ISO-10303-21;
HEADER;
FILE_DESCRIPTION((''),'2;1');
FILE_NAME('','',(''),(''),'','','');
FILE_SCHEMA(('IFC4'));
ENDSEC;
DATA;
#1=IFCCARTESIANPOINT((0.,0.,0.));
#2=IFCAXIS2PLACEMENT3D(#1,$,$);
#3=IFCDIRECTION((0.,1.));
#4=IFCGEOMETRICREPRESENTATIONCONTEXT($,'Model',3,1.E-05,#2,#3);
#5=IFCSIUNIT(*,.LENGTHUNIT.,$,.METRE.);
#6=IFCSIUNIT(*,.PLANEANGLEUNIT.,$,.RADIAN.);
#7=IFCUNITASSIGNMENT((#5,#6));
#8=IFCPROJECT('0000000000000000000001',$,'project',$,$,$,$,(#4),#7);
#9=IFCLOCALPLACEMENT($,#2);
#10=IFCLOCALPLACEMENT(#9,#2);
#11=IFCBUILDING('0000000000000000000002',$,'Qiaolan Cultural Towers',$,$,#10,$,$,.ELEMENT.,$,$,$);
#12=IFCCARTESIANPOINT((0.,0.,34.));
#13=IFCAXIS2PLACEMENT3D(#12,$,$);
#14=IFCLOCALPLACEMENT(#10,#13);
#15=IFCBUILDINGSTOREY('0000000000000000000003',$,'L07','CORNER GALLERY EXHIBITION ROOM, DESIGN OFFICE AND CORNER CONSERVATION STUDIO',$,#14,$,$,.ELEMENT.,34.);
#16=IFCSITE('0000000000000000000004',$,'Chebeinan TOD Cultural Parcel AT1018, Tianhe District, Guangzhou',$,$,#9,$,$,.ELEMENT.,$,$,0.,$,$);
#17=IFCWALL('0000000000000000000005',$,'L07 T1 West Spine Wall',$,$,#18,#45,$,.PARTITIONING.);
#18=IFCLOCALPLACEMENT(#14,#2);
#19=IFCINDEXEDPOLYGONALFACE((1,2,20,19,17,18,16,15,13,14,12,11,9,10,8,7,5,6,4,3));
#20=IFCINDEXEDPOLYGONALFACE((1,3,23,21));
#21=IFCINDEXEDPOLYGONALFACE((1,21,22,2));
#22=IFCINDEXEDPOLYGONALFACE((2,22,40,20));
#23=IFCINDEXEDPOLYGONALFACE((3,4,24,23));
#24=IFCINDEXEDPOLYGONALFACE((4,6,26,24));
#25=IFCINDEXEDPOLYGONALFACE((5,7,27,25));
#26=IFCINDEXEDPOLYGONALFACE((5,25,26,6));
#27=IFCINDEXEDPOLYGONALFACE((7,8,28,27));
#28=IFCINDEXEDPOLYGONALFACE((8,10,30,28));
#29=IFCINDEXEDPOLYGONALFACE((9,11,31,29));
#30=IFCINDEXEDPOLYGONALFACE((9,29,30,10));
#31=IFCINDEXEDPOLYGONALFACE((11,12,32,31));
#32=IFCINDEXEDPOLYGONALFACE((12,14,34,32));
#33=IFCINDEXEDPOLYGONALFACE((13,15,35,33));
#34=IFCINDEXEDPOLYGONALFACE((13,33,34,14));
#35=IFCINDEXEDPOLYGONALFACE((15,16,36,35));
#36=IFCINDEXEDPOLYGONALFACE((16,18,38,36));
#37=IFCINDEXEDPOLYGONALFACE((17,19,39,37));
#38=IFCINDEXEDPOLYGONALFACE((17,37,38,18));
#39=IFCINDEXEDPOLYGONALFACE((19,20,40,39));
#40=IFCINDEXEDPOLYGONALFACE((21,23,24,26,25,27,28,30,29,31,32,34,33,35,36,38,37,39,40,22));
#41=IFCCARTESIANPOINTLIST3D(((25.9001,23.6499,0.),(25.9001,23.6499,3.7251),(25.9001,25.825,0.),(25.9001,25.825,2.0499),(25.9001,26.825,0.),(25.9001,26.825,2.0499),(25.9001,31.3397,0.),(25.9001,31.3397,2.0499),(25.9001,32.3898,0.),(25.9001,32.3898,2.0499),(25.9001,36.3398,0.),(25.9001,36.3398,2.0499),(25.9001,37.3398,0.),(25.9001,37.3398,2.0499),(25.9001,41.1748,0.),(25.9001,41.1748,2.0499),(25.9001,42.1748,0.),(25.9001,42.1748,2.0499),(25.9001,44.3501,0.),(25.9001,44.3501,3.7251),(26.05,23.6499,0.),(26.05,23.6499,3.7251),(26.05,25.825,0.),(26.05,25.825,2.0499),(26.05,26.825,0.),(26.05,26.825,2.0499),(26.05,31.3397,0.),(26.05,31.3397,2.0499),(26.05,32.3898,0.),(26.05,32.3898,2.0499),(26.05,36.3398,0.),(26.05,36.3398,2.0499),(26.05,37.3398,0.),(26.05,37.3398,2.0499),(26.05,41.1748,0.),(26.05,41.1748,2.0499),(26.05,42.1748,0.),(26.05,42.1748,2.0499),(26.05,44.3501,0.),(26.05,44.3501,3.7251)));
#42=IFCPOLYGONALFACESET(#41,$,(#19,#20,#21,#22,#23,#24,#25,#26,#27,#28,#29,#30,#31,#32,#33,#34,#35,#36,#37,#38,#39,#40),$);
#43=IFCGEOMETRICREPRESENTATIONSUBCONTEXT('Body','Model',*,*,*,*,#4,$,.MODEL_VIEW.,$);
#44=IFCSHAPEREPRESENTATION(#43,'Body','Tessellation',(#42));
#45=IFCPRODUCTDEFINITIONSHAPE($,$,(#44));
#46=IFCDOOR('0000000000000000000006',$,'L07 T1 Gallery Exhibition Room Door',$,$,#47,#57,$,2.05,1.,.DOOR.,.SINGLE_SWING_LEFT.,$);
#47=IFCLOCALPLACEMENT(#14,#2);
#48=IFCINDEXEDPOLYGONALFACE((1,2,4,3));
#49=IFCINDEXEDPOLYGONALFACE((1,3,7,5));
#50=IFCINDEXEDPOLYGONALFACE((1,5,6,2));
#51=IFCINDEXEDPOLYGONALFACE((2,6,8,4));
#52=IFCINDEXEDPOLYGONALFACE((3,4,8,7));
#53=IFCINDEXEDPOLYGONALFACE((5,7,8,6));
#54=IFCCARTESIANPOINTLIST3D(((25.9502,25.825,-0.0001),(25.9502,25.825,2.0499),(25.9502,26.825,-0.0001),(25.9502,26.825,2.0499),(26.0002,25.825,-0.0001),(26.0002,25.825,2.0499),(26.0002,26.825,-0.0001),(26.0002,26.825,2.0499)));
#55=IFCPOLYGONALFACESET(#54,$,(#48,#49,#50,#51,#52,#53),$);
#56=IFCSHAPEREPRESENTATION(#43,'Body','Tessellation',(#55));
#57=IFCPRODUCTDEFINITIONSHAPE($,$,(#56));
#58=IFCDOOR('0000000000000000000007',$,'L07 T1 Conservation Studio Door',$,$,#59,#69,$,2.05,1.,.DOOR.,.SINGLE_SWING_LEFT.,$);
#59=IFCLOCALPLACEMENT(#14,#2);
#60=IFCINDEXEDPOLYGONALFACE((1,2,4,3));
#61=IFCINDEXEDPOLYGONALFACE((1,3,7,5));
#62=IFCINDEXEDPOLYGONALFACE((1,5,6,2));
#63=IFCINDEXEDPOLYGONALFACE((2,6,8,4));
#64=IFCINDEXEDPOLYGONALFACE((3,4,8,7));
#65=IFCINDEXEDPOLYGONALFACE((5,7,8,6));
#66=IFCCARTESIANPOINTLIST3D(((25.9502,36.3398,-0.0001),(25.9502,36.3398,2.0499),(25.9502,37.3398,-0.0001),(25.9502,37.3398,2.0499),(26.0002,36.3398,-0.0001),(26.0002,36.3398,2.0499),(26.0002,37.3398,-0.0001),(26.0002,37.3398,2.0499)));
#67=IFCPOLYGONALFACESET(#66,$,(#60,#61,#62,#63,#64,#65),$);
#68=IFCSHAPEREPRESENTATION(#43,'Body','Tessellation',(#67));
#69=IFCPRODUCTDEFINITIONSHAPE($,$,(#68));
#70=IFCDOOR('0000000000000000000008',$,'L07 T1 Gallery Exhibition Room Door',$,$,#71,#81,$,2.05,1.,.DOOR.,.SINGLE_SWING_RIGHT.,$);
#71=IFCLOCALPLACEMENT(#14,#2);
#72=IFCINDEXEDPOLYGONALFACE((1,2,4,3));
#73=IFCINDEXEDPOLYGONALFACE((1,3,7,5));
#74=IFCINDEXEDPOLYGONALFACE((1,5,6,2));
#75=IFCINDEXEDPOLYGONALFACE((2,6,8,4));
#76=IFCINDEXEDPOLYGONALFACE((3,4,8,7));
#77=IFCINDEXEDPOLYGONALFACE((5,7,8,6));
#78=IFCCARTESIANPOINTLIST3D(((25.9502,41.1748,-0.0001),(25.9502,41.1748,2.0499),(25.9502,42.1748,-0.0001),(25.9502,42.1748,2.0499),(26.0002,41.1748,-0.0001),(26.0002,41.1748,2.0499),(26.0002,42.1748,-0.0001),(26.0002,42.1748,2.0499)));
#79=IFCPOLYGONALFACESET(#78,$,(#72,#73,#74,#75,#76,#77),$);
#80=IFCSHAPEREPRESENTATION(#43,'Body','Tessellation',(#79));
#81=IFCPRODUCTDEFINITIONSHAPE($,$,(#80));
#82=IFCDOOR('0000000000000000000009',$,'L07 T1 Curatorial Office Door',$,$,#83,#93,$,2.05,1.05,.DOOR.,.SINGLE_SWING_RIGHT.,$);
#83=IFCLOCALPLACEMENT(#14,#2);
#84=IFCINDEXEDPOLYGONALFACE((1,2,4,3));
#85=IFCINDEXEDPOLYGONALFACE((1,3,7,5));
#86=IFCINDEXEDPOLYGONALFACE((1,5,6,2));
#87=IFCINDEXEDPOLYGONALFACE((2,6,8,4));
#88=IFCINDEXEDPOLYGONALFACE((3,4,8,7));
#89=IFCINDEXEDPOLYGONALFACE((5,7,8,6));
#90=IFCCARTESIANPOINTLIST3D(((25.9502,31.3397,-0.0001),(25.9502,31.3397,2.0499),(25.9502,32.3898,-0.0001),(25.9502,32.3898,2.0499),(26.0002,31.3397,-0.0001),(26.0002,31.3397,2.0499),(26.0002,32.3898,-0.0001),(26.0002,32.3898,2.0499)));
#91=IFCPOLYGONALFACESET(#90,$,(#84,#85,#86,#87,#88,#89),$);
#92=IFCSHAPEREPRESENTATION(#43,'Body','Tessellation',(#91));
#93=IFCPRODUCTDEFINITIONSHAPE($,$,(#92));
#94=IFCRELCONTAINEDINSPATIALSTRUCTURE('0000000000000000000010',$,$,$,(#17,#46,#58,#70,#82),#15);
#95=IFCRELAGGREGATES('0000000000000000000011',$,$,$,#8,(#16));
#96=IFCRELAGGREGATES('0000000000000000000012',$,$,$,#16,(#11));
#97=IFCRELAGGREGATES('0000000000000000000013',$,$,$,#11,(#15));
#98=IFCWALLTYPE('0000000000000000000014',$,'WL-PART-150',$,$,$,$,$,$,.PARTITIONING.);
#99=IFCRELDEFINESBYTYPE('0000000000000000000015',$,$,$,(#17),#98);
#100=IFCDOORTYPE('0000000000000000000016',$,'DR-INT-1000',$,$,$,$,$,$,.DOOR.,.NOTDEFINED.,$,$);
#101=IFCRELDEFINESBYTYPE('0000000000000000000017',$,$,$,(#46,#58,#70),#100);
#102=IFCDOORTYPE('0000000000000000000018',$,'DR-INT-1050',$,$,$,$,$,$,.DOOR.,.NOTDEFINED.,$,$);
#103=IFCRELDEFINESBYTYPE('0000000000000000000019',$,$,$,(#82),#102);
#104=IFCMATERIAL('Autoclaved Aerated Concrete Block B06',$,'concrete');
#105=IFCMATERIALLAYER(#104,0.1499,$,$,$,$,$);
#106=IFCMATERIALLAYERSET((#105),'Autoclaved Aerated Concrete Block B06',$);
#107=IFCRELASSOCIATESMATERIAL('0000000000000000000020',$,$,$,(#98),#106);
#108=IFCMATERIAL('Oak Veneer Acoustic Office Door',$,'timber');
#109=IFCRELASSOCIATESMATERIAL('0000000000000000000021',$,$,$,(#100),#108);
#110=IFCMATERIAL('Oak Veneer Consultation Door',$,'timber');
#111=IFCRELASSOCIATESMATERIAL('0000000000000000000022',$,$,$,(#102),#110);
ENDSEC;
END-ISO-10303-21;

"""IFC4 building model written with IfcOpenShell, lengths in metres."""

from ifc_helpers import new_model, si_unit, direction, frame, frame_2d, origin, place, context, subcontext, project, spatial, rectangle, extrude, material, layer, layer_set, type_object, element, fill, save


model = new_model("IFC4")

# Units and contexts
model_context = context("Model", 3, precision=1e-05, world=origin(), true_north=direction((0.0, 1.0)))
body_context = subcontext(model_context, "Body", "Model", "MODEL_VIEW")
ifc_project = project(units=[si_unit("LENGTHUNIT", "METRE"), si_unit("PLANEANGLEUNIT", "RADIAN")], contexts=[model_context])

# Site, building, storey
site_placement = place(None, origin())
site = spatial("IfcSite", under=ifc_project, at=site_placement, Name="Chebeinan TOD Cultural Parcel AT1018, Tianhe District, Guangzhou", CompositionType="ELEMENT", RefElevation=0.0)
building_placement = place(site_placement, origin())
building = spatial("IfcBuilding", under=site, at=building_placement, Name="Qiaolan Cultural Towers", CompositionType="ELEMENT")
storey_placement = place(building_placement, frame((0.0, 0.0, 34.0)))
storey = spatial("IfcBuildingStorey", under=building, at=storey_placement, Name="L07", Description="CORNER GALLERY EXHIBITION ROOM, DESIGN OFFICE AND CORNER CONSERVATION STUDIO", CompositionType="ELEMENT", Elevation=34.0)

# Shared definitions
ifc_material_1 = material(Name="Autoclaved Aerated Concrete Block B06", Category="concrete")
ifc_layer_1 = layer(ifc_material_1, 0.1499)
ifc_layer_set_1 = layer_set([ifc_layer_1], Name="Autoclaved Aerated Concrete Block B06")
wall_type_1 = type_object("IfcWallType", Name="WL-PART-150", PredefinedType="PARTITIONING", material=ifc_layer_set_1)

# Wall, openings, doors
wall_1_placement = place(storey_placement, frame((25.9751, 23.6499, 0.0), z_axis=(0.0, 0.0, 1.0), x_axis=(0.0, 1.0, 0.0)))
wall_1 = element("IfcWall", 1, at=wall_1_placement, inside=storey, type_object=wall_type_1, Name="L07 T1 West Spine Wall", PredefinedType="PARTITIONING", context=body_context, shape_type="SweptSolid", body=[
    extrude(rectangle(XDim=20.7002, YDim=0.1499, at=frame_2d((10.3501, 0.0))), origin(), (0.0, 0.0, 1.0), 3.7251),
])
opening_1_placement = place(wall_1_placement, frame((2.175, 0.0, 0.0)))
opening_1 = element("IfcOpeningElement", 2, at=opening_1_placement, cuts=wall_1, PredefinedType="OPENING", context=body_context, shape_type="SweptSolid", body=[
    extrude(rectangle(XDim=1.0, YDim=2.05, at=frame_2d((0.5, 1.0249))), frame((0.0, 0.085, 0.0), z_axis=(0.0, -1.0, 0.0), x_axis=(1.0, 0.0, 0.0)), (0.0, 0.0, 1.0), 0.1699),
])
opening_2_placement = place(wall_1_placement, frame((7.6899, 0.0, 0.0)))
opening_2 = element("IfcOpeningElement", 3, at=opening_2_placement, cuts=wall_1, PredefinedType="OPENING", context=body_context, shape_type="SweptSolid", body=[
    extrude(rectangle(XDim=1.05, YDim=2.05, at=frame_2d((0.5249, 1.0249))), frame((0.0, 0.085, 0.0), z_axis=(0.0, -1.0, 0.0), x_axis=(1.0, 0.0, 0.0)), (0.0, 0.0, 1.0), 0.1699),
])
opening_3_placement = place(wall_1_placement, frame((12.6899, 0.0, 0.0)))
opening_3 = element("IfcOpeningElement", 4, at=opening_3_placement, cuts=wall_1, PredefinedType="OPENING", context=body_context, shape_type="SweptSolid", body=[
    extrude(rectangle(XDim=1.0, YDim=2.05, at=frame_2d((0.5, 1.0249))), frame((0.0, 0.085, 0.0), z_axis=(0.0, -1.0, 0.0), x_axis=(1.0, 0.0, 0.0)), (0.0, 0.0, 1.0), 0.1699),
])
opening_4_placement = place(wall_1_placement, frame((17.5249, 0.0, 0.0)))
opening_4 = element("IfcOpeningElement", 5, at=opening_4_placement, cuts=wall_1, PredefinedType="OPENING", context=body_context, shape_type="SweptSolid", body=[
    extrude(rectangle(XDim=1.0, YDim=2.05, at=frame_2d((0.5, 1.0249))), frame((0.0, 0.085, 0.0), z_axis=(0.0, -1.0, 0.0), x_axis=(1.0, 0.0, 0.0)), (0.0, 0.0, 1.0), 0.1699),
])
ifc_material_2 = material(Name="Oak Veneer Acoustic Office Door", Category="timber")
door_type_1 = type_object("IfcDoorType", Name="DR-INT-1000", OperationType="NOTDEFINED", PredefinedType="DOOR", material=ifc_material_2)
door_1_placement = place(opening_1_placement, origin())
door_1 = element("IfcDoor", 6, at=door_1_placement, inside=storey, type_object=door_type_1, Name="L07 T1 Gallery Exhibition Room Door", OperationType="SINGLE_SWING_LEFT", OverallHeight=2.05, OverallWidth=1.0, PredefinedType="DOOR", context=body_context, shape_type="SweptSolid", body=[
    extrude(rectangle(XDim=1.0, YDim=2.05, at=frame_2d((0.5, 1.0249))), frame((0.0, 0.0249, 0.0), z_axis=(0.0, -1.0, 0.0), x_axis=(1.0, 0.0, 0.0)), (0.0, 0.0, 1.0), 0.05),
])
fill(opening_1, door_1)
door_2_placement = place(opening_3_placement, origin())
door_2 = element("IfcDoor", 7, at=door_2_placement, inside=storey, type_object=door_type_1, Name="L07 T1 Conservation Studio Door", OperationType="SINGLE_SWING_LEFT", OverallHeight=2.05, OverallWidth=1.0, PredefinedType="DOOR", context=body_context, shape_type="SweptSolid", body=[
    extrude(rectangle(XDim=1.0, YDim=2.05, at=frame_2d((0.5, 1.0249))), frame((0.0, 0.0249, 0.0), z_axis=(0.0, -1.0, 0.0), x_axis=(1.0, 0.0, 0.0)), (0.0, 0.0, 1.0), 0.05),
])
fill(opening_3, door_2)
door_3_placement = place(opening_4_placement, origin())
door_3 = element("IfcDoor", 8, at=door_3_placement, inside=storey, type_object=door_type_1, Name="L07 T1 Gallery Exhibition Room Door", OperationType="SINGLE_SWING_RIGHT", OverallHeight=2.05, OverallWidth=1.0, PredefinedType="DOOR", context=body_context, shape_type="SweptSolid", body=[
    extrude(rectangle(XDim=1.0, YDim=2.05, at=frame_2d((0.5, 1.0249))), frame((0.0, 0.0249, 0.0), z_axis=(0.0, -1.0, 0.0), x_axis=(1.0, 0.0, 0.0)), (0.0, 0.0, 1.0), 0.05),
])
fill(opening_4, door_3)
ifc_material_3 = material(Name="Oak Veneer Consultation Door", Category="timber")
door_type_2 = type_object("IfcDoorType", Name="DR-INT-1050", OperationType="NOTDEFINED", PredefinedType="DOOR", material=ifc_material_3)
door_4_placement = place(opening_2_placement, origin())
door_4 = element("IfcDoor", 9, at=door_4_placement, inside=storey, type_object=door_type_2, Name="L07 T1 Curatorial Office Door", OperationType="SINGLE_SWING_RIGHT", OverallHeight=2.05, OverallWidth=1.05, PredefinedType="DOOR", context=body_context, shape_type="SweptSolid", body=[
    extrude(rectangle(XDim=1.05, YDim=2.05, at=frame_2d((0.5249, 1.0249))), frame((0.0, 0.0249, 0.0), z_axis=(0.0, -1.0, 0.0), x_axis=(1.0, 0.0, 0.0)), (0.0, 0.0, 1.0), 0.05),
])
fill(opening_2, door_4)

save(model, "model.ifc")
